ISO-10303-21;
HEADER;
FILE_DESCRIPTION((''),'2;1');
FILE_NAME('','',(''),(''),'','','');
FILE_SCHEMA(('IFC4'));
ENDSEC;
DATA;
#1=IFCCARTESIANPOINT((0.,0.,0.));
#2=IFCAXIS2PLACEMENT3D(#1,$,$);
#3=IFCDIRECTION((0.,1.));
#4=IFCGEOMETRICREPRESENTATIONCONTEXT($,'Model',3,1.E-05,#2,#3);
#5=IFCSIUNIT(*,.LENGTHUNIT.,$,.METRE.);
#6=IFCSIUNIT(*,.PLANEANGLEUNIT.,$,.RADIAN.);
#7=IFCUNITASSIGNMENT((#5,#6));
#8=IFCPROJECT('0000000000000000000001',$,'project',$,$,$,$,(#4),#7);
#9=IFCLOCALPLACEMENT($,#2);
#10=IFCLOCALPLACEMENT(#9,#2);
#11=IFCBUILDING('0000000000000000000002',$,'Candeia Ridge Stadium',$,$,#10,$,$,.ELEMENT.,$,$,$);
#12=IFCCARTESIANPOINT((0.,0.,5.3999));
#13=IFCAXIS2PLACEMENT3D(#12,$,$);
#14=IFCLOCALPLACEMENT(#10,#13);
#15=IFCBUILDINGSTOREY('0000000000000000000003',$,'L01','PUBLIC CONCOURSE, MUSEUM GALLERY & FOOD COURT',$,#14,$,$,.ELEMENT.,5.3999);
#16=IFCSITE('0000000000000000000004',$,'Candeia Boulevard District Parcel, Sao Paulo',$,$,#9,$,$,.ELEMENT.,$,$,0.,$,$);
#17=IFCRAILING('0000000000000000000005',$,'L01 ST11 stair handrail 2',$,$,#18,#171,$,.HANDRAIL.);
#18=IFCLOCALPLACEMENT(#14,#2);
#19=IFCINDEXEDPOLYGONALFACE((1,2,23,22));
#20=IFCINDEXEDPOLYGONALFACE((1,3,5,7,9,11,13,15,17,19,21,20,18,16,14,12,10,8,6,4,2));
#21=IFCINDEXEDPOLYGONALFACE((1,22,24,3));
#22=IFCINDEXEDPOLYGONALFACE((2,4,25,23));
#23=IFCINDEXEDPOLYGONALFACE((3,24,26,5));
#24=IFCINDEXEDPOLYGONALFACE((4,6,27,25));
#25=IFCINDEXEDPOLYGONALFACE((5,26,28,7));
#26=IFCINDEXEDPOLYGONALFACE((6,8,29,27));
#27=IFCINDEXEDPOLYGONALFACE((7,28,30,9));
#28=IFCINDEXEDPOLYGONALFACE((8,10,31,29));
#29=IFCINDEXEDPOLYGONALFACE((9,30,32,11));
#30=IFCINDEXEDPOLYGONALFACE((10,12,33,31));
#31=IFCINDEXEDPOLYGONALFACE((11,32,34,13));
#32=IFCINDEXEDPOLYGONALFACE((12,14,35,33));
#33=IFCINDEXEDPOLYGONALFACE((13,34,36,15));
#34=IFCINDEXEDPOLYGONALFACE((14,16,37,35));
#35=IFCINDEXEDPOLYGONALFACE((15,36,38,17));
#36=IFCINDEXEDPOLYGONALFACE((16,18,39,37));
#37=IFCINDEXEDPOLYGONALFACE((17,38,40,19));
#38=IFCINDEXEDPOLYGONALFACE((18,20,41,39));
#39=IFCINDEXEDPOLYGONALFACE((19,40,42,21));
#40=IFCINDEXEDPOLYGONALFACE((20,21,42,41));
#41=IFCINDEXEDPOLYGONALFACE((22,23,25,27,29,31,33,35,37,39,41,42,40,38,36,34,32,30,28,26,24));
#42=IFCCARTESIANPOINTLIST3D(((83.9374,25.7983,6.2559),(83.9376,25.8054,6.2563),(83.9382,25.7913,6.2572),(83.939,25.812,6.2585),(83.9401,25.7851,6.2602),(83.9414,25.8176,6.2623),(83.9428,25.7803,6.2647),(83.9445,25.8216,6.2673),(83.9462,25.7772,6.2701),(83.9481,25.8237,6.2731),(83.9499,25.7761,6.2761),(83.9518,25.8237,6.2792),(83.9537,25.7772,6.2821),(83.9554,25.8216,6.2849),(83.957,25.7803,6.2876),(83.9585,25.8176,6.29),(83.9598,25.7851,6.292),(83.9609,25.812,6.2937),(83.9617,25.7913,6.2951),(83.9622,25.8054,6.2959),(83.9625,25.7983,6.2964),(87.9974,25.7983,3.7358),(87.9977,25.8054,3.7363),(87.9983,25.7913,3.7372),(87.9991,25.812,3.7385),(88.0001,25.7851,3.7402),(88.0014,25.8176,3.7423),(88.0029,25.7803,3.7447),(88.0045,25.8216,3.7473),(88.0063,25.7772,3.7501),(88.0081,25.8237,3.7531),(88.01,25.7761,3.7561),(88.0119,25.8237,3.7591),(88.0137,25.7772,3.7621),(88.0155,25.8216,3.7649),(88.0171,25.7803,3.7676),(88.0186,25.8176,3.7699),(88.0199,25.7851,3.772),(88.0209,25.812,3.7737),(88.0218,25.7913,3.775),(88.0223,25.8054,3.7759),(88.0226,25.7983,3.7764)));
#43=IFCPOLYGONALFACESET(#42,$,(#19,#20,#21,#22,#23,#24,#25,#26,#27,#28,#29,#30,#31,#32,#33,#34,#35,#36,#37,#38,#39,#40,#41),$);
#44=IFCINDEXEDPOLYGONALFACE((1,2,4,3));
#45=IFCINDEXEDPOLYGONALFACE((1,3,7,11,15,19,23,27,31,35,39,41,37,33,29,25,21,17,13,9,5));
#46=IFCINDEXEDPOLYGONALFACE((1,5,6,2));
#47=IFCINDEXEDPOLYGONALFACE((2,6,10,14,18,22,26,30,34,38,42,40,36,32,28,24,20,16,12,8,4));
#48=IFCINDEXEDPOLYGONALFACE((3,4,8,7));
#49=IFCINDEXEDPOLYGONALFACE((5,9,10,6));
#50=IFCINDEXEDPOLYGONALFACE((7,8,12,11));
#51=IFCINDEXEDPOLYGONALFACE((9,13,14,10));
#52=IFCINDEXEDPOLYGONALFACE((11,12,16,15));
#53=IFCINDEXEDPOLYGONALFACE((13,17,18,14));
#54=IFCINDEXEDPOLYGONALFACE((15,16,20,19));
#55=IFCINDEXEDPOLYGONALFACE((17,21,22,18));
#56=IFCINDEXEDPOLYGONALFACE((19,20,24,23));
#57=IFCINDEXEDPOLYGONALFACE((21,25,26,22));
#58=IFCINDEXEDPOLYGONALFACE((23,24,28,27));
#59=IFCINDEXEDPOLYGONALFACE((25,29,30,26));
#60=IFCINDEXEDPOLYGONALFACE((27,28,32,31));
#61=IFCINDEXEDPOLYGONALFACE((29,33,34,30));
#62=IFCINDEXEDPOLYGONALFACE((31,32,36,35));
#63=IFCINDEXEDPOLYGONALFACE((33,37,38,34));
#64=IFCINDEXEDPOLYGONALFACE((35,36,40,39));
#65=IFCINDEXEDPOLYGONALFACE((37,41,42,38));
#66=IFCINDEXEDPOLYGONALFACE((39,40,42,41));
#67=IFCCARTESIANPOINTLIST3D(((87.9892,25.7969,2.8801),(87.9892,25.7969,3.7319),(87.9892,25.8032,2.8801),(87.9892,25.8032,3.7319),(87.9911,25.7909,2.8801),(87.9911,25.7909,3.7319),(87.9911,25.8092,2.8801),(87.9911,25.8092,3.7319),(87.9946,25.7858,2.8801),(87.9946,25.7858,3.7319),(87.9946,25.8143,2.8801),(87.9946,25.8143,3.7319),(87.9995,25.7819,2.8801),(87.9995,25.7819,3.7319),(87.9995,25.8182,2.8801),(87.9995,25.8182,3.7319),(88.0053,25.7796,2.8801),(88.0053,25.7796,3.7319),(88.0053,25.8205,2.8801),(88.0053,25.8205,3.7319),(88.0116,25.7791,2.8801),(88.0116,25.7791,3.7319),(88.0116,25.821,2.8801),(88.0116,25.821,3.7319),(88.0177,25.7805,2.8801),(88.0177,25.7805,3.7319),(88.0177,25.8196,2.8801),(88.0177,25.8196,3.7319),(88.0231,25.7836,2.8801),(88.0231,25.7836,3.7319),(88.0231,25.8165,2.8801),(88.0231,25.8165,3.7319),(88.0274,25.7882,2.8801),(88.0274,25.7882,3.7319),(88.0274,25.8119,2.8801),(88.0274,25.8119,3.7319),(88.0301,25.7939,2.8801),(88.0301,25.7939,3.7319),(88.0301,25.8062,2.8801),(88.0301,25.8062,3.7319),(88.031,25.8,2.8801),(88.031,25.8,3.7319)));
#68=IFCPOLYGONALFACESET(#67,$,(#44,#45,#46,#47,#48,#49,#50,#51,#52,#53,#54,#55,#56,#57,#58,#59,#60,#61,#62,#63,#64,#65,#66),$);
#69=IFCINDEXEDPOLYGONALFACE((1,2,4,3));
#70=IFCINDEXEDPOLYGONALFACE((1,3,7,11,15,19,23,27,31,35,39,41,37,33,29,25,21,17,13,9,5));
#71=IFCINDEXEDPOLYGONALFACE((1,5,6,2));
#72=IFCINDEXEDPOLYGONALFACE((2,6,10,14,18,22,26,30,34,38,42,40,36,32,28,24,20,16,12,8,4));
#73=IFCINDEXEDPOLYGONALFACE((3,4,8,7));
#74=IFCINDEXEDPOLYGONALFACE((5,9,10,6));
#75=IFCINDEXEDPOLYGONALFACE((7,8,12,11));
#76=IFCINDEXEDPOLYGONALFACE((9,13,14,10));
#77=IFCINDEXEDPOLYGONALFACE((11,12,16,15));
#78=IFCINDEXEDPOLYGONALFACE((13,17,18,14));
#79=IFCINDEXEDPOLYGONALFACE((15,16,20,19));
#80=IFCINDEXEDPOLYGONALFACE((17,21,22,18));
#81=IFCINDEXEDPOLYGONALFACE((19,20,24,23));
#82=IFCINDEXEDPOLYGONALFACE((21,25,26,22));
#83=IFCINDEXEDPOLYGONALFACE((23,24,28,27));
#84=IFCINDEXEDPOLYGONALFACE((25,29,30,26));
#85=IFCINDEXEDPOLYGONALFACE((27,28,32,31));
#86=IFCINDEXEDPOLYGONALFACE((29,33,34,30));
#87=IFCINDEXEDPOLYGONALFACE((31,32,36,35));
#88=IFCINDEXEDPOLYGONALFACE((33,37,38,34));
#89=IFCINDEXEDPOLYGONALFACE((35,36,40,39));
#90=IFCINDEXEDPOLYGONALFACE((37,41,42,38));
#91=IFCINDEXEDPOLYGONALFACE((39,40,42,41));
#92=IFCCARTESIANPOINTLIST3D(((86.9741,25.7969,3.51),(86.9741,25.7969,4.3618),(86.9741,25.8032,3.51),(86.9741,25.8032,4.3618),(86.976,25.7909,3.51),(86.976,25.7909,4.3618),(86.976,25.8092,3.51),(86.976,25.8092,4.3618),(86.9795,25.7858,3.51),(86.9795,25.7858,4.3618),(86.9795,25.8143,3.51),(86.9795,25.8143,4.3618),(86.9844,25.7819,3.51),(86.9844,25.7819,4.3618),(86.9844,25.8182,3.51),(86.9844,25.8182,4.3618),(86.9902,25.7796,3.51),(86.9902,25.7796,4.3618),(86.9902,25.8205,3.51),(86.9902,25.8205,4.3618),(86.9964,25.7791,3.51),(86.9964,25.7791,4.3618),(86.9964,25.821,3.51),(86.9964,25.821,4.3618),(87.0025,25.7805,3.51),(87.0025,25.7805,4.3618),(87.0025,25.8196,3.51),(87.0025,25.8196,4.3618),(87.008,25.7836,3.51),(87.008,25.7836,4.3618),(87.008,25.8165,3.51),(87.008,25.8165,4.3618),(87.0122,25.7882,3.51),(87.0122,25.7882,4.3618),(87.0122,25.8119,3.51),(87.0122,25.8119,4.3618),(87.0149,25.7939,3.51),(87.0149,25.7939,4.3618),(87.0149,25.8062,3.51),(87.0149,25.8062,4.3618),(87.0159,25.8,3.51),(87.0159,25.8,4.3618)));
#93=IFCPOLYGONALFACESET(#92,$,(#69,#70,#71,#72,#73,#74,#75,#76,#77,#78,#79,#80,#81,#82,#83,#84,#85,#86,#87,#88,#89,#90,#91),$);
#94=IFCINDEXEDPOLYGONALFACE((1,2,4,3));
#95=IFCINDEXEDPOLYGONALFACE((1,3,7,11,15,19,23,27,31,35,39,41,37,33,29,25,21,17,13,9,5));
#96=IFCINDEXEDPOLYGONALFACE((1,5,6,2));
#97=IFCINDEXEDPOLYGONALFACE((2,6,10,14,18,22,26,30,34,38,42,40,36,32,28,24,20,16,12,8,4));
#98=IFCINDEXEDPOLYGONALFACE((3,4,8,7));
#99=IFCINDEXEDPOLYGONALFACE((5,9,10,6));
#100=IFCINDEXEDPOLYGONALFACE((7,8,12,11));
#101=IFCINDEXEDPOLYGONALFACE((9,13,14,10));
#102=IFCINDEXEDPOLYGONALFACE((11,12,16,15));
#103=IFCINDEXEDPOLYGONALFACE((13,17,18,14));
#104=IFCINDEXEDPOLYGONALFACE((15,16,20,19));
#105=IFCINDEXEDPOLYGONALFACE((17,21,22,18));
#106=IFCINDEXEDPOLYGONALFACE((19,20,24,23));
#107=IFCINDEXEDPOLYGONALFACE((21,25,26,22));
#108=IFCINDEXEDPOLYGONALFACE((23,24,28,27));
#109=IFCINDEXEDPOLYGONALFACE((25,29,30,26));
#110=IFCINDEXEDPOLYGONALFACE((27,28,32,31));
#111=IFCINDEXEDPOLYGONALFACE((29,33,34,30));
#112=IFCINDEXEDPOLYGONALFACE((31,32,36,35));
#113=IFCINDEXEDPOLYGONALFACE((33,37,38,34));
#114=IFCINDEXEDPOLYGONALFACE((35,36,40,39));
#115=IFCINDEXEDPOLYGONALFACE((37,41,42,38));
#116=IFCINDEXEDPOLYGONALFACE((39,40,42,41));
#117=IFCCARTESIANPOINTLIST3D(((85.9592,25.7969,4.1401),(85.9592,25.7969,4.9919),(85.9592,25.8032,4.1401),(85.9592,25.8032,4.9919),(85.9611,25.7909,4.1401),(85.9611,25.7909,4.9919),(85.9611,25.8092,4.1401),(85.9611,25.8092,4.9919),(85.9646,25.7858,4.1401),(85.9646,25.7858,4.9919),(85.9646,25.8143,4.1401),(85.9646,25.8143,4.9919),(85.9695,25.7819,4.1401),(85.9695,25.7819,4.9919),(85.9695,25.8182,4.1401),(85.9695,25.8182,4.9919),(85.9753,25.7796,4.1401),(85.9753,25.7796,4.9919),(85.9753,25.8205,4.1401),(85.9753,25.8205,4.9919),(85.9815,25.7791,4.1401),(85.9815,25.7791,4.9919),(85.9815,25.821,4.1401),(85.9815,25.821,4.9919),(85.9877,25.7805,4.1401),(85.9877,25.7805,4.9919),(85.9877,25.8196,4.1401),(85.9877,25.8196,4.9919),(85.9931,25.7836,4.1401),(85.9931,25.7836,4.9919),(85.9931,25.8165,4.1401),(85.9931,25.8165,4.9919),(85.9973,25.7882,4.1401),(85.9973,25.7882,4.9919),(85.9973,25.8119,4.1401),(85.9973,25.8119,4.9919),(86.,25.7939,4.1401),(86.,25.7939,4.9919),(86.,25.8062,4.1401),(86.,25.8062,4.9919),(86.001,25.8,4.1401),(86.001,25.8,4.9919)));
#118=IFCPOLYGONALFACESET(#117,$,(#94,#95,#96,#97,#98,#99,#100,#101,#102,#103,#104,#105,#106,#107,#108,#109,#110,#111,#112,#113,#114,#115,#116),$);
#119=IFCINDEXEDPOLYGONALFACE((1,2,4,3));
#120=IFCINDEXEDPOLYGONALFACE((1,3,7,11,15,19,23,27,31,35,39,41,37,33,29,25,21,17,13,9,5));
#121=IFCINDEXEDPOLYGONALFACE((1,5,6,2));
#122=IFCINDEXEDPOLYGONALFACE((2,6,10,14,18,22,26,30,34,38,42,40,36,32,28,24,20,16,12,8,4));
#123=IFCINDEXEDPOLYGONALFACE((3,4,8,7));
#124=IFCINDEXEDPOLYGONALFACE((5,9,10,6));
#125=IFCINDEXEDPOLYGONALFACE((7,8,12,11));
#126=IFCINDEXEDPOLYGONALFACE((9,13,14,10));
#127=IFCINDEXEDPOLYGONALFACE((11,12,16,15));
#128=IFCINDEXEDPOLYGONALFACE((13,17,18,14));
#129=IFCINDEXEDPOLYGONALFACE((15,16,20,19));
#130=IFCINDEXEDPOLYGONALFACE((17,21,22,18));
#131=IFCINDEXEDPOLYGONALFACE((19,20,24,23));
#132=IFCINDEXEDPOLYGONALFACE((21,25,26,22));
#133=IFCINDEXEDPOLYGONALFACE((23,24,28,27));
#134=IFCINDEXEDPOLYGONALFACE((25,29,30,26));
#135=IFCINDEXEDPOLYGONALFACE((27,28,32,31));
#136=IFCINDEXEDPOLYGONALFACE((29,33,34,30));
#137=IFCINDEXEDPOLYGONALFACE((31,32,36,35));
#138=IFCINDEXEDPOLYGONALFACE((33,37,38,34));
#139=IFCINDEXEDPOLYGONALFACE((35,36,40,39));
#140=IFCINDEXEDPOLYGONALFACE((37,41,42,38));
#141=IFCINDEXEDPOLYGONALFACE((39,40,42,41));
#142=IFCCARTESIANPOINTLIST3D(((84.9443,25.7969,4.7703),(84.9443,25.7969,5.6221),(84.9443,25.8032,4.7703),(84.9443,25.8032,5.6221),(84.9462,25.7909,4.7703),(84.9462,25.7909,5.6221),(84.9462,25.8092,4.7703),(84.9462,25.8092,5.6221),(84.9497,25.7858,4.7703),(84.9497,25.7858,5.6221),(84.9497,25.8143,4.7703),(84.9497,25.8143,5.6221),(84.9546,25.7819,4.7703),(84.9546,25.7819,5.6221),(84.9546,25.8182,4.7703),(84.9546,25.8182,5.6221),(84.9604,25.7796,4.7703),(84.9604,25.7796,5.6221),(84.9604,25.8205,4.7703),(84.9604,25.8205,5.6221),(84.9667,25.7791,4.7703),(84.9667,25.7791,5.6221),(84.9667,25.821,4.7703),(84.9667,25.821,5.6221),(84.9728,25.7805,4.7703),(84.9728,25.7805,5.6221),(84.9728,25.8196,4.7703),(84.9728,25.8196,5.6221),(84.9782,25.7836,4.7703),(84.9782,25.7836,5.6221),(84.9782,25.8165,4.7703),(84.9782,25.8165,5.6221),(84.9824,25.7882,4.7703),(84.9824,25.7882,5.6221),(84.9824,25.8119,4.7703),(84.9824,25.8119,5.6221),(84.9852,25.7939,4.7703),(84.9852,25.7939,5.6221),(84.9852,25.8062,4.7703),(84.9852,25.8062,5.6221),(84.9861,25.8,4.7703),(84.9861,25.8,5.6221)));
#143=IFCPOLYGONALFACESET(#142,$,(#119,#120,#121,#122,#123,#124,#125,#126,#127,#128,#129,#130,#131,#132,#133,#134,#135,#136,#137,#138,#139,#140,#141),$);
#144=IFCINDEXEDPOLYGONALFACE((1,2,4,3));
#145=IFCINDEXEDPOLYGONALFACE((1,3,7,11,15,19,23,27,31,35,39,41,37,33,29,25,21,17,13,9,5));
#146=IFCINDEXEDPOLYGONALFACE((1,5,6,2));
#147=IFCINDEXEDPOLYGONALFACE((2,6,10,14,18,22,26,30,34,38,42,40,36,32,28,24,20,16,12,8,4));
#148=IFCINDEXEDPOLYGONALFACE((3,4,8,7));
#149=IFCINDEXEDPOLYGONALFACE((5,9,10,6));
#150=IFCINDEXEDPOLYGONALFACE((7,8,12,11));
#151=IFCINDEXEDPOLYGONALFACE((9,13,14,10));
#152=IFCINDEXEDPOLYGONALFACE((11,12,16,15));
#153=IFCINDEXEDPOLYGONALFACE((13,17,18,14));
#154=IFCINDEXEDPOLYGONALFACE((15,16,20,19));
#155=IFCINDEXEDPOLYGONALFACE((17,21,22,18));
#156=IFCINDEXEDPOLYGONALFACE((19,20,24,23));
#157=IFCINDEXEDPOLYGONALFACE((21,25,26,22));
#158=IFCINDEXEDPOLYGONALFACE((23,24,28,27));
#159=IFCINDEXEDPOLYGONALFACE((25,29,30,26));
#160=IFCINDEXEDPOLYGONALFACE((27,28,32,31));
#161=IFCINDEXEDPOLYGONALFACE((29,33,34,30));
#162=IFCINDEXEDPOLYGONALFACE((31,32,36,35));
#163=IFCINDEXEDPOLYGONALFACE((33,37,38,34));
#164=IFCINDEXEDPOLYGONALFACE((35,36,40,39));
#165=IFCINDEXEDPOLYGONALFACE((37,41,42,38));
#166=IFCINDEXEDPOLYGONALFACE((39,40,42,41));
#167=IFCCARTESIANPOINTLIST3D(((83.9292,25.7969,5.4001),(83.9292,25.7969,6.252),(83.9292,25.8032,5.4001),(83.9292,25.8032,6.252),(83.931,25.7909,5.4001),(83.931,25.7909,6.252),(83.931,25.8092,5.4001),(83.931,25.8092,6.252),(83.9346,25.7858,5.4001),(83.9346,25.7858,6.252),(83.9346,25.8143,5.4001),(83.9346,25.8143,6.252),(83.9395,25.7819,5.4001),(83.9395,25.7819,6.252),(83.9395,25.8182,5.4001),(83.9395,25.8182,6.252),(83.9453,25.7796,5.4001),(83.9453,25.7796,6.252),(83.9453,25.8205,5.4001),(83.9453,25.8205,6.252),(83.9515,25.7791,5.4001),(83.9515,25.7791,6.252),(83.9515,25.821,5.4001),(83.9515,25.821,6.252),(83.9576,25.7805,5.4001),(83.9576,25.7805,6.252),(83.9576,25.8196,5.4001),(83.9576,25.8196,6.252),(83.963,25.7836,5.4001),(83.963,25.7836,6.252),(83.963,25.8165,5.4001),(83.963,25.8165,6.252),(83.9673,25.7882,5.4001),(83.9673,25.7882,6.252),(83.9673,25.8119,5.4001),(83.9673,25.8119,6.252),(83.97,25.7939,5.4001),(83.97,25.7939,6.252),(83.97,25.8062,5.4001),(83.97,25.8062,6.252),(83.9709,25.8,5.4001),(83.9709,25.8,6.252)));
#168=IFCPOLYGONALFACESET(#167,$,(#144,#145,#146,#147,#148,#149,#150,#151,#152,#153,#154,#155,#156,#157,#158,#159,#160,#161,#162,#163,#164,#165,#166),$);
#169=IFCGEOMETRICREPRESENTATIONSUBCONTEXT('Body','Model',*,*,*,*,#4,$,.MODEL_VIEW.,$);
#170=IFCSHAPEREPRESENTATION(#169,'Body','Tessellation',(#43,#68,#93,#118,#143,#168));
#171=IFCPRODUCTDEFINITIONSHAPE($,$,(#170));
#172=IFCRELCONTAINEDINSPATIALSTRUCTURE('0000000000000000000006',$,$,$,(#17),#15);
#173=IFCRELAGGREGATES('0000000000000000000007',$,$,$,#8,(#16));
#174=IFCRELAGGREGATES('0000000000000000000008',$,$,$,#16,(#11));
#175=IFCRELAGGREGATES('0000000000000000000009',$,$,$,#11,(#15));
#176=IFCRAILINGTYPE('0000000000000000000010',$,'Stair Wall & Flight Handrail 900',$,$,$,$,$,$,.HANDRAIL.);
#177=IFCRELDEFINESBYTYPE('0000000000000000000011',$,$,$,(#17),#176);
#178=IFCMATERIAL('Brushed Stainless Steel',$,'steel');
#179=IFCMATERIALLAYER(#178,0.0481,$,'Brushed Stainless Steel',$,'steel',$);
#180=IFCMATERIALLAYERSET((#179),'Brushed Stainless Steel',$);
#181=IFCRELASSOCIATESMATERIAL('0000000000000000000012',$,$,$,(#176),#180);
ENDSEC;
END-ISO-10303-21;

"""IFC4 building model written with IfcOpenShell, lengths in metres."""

from ifc_helpers import new_model, si_unit, direction, frame, origin, origin_2d, place, context, subcontext, project, spatial, circle, extrude, material, layer, layer_set, type_object, element, save


model = new_model("IFC4")

# Units and contexts
model_context = context("Model", 3, precision=1e-05, world=origin(), true_north=direction((0.0, 1.0)))
body_context = subcontext(model_context, "Body", "Model", "MODEL_VIEW")
ifc_project = project(units=[si_unit("LENGTHUNIT", "METRE"), si_unit("PLANEANGLEUNIT", "RADIAN")], contexts=[model_context])

# Site, building, storey
site_placement = place(None, origin())
site = spatial("IfcSite", under=ifc_project, at=site_placement, Name="Candeia Boulevard District Parcel, Sao Paulo", CompositionType="ELEMENT", RefElevation=0.0)
building_placement = place(site_placement, origin())
building = spatial("IfcBuilding", under=site, at=building_placement, Name="Candeia Ridge Stadium", CompositionType="ELEMENT")
storey_placement = place(building_placement, frame((0.0, 0.0, 5.3999)))
storey = spatial("IfcBuildingStorey", under=building, at=storey_placement, Name="L01", Description="PUBLIC CONCOURSE, MUSEUM GALLERY & FOOD COURT", CompositionType="ELEMENT", Elevation=5.3999)

# Shared definitions
ifc_material_1 = material(Name="Brushed Stainless Steel", Category="steel")

# Railing
ifc_layer_1 = layer(ifc_material_1, 0.0481, Name="Brushed Stainless Steel", Category="steel")
ifc_layer_set_1 = layer_set([ifc_layer_1], Name="Brushed Stainless Steel")
railing_type_1 = type_object("IfcRailingType", Name="Stair Wall & Flight Handrail 900", PredefinedType="HANDRAIL", material=ifc_layer_set_1)
railing_1_placement = place(storey_placement, frame((88.01, 25.8, 2.8801)))
element("IfcRailing", 1, at=railing_1_placement, inside=storey, type_object=railing_type_1, Name="L01 ST11 stair handrail 2", PredefinedType="HANDRAIL", context=body_context, shape_type="SweptSolid", body=[
    extrude(circle(Radius=0.0239, at=origin_2d()), frame((0.0, 0.0, 0.876), z_axis=(-0.849642, 0.0, 0.52736), x_axis=(0.0, -1.0, 0.0)), (0.0, 0.0, 1.0), 4.7786),
    extrude(circle(Radius=0.021, at=origin_2d()), origin(), (0.0, 0.0, 1.0), 0.8518),
    extrude(circle(Radius=0.021, at=origin_2d()), frame((-1.0151, 0.0, 0.6299)), (0.0, 0.0, 1.0), 0.8518),
    extrude(circle(Radius=0.021, at=origin_2d()), frame((-2.03, 0.0, 1.26)), (0.0, 0.0, 1.0), 0.8518),
    extrude(circle(Radius=0.021, at=origin_2d()), frame((-3.0449, 0.0, 1.8901)), (0.0, 0.0, 1.0), 0.8518),
    extrude(circle(Radius=0.021, at=origin_2d()), frame((-4.0601, 0.0, 2.52)), (0.0, 0.0, 1.0), 0.8518),
])

save(model, "model.ifc")
